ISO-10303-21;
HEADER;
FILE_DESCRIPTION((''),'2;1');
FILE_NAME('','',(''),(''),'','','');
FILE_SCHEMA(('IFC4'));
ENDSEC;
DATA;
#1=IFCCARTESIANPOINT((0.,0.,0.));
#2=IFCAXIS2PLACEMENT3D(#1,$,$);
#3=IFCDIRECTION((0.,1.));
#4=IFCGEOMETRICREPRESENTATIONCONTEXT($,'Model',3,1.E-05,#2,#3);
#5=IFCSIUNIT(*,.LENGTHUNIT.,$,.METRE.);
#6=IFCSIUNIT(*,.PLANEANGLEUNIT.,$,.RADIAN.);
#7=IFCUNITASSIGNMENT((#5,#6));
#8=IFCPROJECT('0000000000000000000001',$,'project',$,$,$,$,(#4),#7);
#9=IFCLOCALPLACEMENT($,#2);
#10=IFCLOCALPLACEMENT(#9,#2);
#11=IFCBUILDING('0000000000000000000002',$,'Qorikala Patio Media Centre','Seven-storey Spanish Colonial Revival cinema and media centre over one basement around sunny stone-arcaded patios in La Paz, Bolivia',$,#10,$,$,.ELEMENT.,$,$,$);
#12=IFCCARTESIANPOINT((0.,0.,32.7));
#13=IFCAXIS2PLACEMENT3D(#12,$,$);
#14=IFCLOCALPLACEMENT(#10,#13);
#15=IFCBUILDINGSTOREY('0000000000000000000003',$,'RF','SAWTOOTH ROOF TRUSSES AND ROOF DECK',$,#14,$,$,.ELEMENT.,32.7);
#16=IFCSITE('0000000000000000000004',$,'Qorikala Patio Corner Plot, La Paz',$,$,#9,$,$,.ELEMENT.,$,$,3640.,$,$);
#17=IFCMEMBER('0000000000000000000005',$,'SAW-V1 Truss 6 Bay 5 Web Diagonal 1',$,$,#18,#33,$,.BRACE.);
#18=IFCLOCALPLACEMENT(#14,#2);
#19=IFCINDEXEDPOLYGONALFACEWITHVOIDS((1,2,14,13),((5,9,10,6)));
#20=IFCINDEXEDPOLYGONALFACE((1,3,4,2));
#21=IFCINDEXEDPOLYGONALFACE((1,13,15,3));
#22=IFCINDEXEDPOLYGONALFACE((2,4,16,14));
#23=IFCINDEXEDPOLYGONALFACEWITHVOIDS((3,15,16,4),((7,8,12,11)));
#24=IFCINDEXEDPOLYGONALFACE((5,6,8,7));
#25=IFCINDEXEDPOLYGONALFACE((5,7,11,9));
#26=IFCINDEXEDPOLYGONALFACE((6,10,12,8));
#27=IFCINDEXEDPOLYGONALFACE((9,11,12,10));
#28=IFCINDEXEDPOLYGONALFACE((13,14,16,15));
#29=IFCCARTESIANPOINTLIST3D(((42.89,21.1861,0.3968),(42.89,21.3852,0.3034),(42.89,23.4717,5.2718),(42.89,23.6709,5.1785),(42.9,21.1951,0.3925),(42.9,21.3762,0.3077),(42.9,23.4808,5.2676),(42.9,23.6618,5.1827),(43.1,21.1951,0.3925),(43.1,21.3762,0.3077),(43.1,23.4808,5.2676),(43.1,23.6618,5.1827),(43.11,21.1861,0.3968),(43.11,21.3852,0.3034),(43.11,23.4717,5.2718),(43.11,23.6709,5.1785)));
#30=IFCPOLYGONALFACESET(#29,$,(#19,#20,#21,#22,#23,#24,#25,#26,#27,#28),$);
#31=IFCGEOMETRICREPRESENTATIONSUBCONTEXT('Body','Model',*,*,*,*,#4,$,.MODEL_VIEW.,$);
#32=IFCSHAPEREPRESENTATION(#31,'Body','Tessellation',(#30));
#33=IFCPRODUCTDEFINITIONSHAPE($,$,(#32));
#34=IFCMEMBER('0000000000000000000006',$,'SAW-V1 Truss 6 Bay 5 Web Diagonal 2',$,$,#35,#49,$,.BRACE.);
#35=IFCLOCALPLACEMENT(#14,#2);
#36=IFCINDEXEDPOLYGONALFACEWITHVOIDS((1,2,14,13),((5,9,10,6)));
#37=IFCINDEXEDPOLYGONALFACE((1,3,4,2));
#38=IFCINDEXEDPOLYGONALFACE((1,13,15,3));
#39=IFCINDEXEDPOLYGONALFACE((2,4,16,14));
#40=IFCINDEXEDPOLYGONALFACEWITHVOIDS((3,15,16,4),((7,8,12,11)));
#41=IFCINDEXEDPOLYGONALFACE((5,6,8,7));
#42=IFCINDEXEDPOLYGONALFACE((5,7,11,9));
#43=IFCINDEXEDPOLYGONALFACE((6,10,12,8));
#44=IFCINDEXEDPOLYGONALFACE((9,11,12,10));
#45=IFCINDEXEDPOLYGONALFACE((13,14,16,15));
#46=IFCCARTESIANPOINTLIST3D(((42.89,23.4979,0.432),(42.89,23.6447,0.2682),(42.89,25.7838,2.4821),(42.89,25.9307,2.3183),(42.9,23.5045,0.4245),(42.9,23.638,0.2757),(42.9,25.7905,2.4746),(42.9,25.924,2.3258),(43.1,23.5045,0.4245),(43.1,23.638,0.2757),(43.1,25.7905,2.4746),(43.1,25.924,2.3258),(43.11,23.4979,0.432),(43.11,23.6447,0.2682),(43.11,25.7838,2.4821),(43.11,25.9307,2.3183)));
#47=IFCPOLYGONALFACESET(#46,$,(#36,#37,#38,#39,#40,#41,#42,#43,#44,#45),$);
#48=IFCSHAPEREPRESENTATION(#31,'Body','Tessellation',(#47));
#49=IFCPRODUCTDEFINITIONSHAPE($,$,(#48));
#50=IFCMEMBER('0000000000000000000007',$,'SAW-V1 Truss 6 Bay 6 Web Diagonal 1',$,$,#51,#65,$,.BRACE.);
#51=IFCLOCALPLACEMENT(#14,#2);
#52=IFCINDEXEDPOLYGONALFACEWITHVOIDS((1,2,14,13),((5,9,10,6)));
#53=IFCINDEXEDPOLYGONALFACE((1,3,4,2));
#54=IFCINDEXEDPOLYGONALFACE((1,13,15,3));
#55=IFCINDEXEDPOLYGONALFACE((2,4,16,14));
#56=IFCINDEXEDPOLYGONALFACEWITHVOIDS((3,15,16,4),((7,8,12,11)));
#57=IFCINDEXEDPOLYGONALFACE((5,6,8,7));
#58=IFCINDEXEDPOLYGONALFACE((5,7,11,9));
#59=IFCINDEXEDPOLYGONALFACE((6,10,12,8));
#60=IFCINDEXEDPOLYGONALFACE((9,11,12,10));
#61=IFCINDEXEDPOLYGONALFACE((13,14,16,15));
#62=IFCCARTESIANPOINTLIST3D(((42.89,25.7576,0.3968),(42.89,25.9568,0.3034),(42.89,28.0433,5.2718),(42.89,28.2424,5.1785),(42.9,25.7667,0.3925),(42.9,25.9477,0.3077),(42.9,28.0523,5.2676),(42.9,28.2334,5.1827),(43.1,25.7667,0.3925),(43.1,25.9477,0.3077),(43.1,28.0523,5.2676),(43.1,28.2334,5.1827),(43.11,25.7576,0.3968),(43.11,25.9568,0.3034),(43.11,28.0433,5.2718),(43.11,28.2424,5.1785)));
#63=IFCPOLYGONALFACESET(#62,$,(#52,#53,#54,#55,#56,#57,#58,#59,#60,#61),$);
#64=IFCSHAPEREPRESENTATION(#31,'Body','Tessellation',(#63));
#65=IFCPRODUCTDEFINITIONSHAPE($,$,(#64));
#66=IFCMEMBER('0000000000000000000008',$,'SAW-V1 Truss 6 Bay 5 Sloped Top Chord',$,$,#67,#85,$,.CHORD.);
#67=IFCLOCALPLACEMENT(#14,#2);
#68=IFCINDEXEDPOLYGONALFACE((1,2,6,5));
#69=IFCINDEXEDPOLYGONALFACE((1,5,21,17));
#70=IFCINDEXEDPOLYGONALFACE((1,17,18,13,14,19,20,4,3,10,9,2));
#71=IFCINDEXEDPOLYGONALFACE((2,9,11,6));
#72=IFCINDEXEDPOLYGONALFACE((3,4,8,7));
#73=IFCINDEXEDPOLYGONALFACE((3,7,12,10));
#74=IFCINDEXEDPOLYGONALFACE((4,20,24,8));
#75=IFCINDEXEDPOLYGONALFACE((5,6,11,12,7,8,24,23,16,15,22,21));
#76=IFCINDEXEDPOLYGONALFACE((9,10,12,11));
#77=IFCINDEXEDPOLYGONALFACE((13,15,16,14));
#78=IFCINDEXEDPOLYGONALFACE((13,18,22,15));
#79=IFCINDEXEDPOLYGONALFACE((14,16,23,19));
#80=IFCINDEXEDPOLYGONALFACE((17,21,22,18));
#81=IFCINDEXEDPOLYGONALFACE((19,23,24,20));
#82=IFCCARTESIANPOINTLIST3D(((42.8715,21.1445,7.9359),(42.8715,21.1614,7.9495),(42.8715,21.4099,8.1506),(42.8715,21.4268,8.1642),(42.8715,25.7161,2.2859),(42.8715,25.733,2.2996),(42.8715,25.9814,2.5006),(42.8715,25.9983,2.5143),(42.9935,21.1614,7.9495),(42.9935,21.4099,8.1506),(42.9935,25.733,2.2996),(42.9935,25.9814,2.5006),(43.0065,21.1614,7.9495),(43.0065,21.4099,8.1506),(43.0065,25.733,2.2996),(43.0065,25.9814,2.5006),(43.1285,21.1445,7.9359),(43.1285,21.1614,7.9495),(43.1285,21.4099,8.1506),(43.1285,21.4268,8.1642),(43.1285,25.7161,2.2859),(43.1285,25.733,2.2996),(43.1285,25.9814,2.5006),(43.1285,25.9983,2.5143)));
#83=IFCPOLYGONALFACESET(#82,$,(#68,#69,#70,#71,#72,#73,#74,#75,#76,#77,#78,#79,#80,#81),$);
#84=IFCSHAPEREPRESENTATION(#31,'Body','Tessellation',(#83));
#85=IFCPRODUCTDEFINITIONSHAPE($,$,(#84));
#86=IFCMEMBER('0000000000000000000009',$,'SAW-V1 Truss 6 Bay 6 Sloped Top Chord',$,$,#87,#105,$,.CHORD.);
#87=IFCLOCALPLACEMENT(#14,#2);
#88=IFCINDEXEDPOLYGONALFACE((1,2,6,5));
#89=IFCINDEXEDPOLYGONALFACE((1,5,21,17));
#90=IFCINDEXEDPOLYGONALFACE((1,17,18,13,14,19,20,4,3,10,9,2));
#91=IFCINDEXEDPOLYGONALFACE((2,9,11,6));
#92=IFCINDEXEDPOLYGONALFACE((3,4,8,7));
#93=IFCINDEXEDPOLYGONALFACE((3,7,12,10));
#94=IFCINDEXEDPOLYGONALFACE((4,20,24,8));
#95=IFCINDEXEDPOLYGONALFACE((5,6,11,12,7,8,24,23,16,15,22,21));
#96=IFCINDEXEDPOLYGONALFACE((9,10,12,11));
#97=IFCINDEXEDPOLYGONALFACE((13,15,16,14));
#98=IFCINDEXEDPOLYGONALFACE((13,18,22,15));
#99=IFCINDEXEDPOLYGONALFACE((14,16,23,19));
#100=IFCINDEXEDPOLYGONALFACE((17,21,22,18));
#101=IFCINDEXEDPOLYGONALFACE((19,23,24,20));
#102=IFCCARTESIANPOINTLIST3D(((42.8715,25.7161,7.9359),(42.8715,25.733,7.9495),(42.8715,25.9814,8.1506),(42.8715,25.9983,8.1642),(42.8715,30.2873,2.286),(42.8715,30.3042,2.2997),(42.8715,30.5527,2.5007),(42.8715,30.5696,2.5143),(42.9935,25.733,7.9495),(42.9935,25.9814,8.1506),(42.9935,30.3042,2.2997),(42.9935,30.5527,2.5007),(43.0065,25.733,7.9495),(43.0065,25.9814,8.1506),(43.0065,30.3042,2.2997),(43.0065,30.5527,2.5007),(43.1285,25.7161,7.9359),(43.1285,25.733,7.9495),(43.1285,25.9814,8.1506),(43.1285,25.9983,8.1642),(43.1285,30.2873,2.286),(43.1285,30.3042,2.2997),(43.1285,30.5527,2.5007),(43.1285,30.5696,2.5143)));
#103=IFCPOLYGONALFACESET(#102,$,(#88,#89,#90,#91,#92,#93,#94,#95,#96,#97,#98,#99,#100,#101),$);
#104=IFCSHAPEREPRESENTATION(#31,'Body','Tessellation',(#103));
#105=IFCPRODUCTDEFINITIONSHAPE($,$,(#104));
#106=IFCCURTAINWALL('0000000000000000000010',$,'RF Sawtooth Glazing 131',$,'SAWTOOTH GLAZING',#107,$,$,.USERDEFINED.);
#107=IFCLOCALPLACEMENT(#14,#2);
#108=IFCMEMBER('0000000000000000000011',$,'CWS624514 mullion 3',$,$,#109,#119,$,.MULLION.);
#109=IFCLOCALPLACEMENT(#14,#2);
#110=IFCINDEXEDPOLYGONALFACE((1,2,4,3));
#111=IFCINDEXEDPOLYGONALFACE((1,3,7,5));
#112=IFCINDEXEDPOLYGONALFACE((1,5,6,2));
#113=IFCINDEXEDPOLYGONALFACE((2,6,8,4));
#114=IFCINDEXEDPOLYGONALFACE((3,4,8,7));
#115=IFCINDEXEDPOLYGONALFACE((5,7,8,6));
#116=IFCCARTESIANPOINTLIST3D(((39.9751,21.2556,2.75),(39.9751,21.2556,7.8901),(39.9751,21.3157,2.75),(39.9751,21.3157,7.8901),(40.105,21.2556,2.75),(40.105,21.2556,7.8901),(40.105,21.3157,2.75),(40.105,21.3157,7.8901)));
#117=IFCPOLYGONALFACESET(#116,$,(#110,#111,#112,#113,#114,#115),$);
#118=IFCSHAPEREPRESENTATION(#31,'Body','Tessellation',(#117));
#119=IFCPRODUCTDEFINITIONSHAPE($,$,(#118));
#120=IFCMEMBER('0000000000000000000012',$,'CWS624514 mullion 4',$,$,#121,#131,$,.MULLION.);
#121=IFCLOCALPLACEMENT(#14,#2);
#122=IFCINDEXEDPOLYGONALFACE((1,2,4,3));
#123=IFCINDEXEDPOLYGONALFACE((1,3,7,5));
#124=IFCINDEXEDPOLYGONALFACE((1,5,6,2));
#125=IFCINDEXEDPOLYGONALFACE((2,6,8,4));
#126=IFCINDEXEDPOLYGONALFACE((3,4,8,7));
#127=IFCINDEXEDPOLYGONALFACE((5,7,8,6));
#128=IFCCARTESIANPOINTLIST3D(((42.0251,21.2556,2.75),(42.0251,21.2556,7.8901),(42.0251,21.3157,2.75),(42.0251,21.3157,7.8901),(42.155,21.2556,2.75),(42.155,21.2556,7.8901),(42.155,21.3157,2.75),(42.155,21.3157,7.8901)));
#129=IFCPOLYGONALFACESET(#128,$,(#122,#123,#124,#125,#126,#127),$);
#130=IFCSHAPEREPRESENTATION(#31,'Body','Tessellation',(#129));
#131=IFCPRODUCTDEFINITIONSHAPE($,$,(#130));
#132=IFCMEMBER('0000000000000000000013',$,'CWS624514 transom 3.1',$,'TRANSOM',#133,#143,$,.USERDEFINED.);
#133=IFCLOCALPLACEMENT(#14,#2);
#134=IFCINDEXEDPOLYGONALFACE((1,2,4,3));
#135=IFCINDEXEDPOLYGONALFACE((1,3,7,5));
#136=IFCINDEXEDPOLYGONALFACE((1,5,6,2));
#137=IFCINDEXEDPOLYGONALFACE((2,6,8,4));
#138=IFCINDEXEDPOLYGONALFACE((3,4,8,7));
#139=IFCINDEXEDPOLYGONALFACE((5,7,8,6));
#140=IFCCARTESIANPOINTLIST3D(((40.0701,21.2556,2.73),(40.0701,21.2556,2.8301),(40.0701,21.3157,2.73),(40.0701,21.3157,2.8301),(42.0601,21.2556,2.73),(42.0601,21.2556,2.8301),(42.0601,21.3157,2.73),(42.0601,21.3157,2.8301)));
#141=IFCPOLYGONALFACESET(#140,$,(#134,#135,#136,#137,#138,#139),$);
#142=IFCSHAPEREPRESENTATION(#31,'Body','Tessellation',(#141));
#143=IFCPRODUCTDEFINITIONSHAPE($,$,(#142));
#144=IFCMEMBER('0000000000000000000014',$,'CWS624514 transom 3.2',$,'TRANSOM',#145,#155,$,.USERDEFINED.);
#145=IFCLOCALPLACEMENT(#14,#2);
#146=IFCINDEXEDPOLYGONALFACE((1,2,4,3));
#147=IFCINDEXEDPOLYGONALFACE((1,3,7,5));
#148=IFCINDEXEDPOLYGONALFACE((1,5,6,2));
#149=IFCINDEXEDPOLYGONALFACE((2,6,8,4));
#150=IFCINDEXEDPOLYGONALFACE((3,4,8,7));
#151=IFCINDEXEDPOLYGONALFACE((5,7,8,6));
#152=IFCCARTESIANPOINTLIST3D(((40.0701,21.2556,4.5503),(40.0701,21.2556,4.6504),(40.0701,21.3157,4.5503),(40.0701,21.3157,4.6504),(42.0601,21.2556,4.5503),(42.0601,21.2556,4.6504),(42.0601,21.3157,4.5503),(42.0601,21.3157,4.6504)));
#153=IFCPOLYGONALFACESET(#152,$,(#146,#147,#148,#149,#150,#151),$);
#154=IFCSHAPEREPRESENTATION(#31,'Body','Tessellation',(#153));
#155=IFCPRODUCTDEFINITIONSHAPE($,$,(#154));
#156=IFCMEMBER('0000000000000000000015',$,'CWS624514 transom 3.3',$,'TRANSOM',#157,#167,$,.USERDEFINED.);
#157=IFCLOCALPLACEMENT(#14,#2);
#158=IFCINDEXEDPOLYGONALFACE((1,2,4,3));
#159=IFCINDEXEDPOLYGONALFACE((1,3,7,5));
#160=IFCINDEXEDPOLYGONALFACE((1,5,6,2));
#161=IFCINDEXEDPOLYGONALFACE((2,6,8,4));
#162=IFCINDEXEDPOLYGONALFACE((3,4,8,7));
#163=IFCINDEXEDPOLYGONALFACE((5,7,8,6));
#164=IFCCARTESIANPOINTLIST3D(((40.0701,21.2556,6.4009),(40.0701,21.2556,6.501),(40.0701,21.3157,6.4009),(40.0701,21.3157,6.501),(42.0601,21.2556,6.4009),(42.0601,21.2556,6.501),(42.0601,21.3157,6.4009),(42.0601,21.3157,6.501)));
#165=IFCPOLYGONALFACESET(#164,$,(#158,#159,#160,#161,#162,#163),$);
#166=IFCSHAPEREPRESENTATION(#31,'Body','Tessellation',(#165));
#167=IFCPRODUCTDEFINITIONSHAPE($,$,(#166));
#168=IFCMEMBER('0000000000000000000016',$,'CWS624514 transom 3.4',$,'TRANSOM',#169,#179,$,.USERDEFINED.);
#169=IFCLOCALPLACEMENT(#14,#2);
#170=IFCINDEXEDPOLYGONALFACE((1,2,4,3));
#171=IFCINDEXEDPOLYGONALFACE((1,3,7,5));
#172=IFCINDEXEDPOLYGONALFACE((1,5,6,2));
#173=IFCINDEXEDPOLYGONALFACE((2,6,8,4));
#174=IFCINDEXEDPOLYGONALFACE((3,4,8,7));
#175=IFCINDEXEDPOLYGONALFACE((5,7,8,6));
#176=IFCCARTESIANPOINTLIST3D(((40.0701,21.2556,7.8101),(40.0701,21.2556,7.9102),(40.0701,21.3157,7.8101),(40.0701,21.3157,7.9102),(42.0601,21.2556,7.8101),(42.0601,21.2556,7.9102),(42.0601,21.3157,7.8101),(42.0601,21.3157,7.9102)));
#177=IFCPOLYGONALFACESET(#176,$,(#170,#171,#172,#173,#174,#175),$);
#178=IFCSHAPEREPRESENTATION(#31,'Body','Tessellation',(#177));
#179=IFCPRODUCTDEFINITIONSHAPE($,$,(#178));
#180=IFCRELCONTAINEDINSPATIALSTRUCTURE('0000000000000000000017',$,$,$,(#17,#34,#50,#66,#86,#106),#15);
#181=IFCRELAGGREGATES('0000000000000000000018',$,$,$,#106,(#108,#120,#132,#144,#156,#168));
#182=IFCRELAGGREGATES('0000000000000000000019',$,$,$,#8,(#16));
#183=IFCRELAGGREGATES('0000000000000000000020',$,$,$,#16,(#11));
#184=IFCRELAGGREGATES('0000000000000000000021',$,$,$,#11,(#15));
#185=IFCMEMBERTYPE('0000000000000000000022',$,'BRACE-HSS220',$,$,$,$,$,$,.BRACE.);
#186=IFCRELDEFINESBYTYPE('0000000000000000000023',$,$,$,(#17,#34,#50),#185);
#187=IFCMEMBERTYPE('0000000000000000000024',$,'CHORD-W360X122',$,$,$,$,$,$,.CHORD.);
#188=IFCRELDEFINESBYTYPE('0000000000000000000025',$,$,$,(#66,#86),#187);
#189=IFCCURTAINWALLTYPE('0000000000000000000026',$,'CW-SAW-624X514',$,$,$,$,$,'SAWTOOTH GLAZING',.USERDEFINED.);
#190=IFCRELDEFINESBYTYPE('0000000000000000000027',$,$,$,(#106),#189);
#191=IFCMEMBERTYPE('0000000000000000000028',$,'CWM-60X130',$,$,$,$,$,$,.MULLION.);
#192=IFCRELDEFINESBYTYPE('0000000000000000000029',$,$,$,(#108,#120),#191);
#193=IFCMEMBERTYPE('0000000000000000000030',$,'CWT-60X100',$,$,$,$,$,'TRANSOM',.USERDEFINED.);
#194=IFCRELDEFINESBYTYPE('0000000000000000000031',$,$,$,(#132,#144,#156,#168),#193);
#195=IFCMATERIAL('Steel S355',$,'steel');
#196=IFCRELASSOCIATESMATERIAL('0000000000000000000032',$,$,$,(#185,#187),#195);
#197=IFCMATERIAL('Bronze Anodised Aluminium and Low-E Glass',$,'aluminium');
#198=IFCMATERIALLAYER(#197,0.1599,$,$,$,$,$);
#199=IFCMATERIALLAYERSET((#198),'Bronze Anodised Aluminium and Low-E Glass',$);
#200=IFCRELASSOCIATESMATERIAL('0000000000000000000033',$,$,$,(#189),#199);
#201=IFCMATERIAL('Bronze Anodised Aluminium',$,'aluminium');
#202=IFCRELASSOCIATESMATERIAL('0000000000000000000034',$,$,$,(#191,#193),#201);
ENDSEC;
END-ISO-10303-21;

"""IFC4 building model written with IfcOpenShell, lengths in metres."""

from ifc_helpers import new_model, si_unit, direction, frame, origin, origin_2d, place, context, subcontext, project, spatial, rectangle, hollow_rectangle, i_section, extrude, material, layer, layer_set, material_profile, profile_set, type_object, element, aggregate, save


model = new_model("IFC4")

# Units and contexts
model_context = context("Model", 3, precision=1e-05, world=origin(), true_north=direction((0.0, 1.0)))
body_context = subcontext(model_context, "Body", "Model", "MODEL_VIEW")
ifc_project = project(units=[si_unit("LENGTHUNIT", "METRE"), si_unit("PLANEANGLEUNIT", "RADIAN")], contexts=[model_context])

# Site, building, storey
site_placement = place(None, origin())
site = spatial("IfcSite", under=ifc_project, at=site_placement, Name="Qorikala Patio Corner Plot, La Paz", CompositionType="ELEMENT", RefElevation=3640.0)
building_placement = place(site_placement, origin())
building = spatial("IfcBuilding", under=site, at=building_placement, Name="Qorikala Patio Media Centre", Description="Seven-storey Spanish Colonial Revival cinema and media centre over one basement around sunny stone-arcaded patios in La Paz, Bolivia", CompositionType="ELEMENT")
storey_placement = place(building_placement, frame((0.0, 0.0, 32.7)))
storey = spatial("IfcBuildingStorey", under=building, at=storey_placement, Name="RF", Description="SAWTOOTH ROOF TRUSSES AND ROOF DECK", CompositionType="ELEMENT", Elevation=32.7)

# Members
ifc_material_1 = material(Name="Steel S355", Category="steel")
ifc_material_profile_1 = material_profile(ifc_material_1, hollow_rectangle(XDim=0.22, YDim=0.22, WallThickness=0.01, at=origin_2d()), Name="HSS220X220X10")
ifc_profile_set_1 = profile_set([ifc_material_profile_1], Name="Steel S355")
member_type_1 = type_object("IfcMemberType", Name="BRACE-HSS220", PredefinedType="BRACE", material=ifc_profile_set_1)
member_1_placement = place(storey_placement, frame((43.0, 21.2856, 0.3501), z_axis=(0.0, 0.424508, 0.905424), x_axis=(-1.0, 0.0, 0.0)))
element("IfcMember", 1, at=member_1_placement, inside=storey, type_object=member_type_1, Name="SAW-V1 Truss 6 Bay 5 Web Diagonal 1", PredefinedType="BRACE", context=body_context, shape_type="SweptSolid", body=[
    extrude(hollow_rectangle(XDim=0.22, YDim=0.22, WallThickness=0.01, at=origin_2d()), origin(), (0.0, 0.0, 1.0), 5.3843),
])
member_2_placement = place(storey_placement, frame((43.0, 23.5713, 0.3501), z_axis=(0.0, 0.744467, 0.667659), x_axis=(-1.0, 0.0, 0.0)))
element("IfcMember", 2, at=member_2_placement, inside=storey, type_object=member_type_1, Name="SAW-V1 Truss 6 Bay 5 Web Diagonal 2", PredefinedType="BRACE", context=body_context, shape_type="SweptSolid", body=[
    extrude(hollow_rectangle(XDim=0.22, YDim=0.22, WallThickness=0.01, at=origin_2d()), origin(), (0.0, 0.0, 1.0), 3.0706),
])
member_3_placement = place(storey_placement, frame((43.0, 25.8572, 0.3501), z_axis=(0.0, 0.424508, 0.905424), x_axis=(-1.0, 0.0, 0.0)))
element("IfcMember", 3, at=member_3_placement, inside=storey, type_object=member_type_1, Name="SAW-V1 Truss 6 Bay 6 Web Diagonal 1", PredefinedType="BRACE", context=body_context, shape_type="SweptSolid", body=[
    extrude(hollow_rectangle(XDim=0.22, YDim=0.22, WallThickness=0.01, at=origin_2d()), origin(), (0.0, 0.0, 1.0), 5.3843),
])
ifc_material_profile_2 = material_profile(ifc_material_1, i_section(OverallWidth=0.2571, OverallDepth=0.363, WebThickness=0.0129, FlangeThickness=0.0217, at=origin_2d()), Name="W360X122")
ifc_profile_set_2 = profile_set([ifc_material_profile_2], Name="Steel S355")
member_type_2 = type_object("IfcMemberType", Name="CHORD-W360X122", PredefinedType="CHORD", material=ifc_profile_set_2)
member_4_placement = place(storey_placement, frame((43.0, 21.2856, 8.05), z_axis=(0.0, 0.629016, -0.777393), x_axis=(-1.0, 0.0, 0.0)))
element("IfcMember", 4, at=member_4_placement, inside=storey, type_object=member_type_2, Name="SAW-V1 Truss 6 Bay 5 Sloped Top Chord", PredefinedType="CHORD", context=body_context, shape_type="SweptSolid", body=[
    extrude(i_section(OverallWidth=0.2571, OverallDepth=0.363, WebThickness=0.0129, FlangeThickness=0.0217, at=origin_2d()), origin(), (0.0, 0.0, 1.0), 7.2678),
])
member_5_placement = place(storey_placement, frame((43.0, 25.8572, 8.05), z_axis=(0.0, 0.628995, -0.777409), x_axis=(-1.0, 0.0, 0.0)))
element("IfcMember", 5, at=member_5_placement, inside=storey, type_object=member_type_2, Name="SAW-V1 Truss 6 Bay 6 Sloped Top Chord", PredefinedType="CHORD", context=body_context, shape_type="SweptSolid", body=[
    extrude(i_section(OverallWidth=0.2571, OverallDepth=0.363, WebThickness=0.0129, FlangeThickness=0.0217, at=origin_2d()), origin(), (0.0, 0.0, 1.0), 7.2676),
])

# Curtain wall, members
ifc_material_2 = material(Name="Bronze Anodised Aluminium and Low-E Glass", Category="aluminium")
ifc_layer_1 = layer(ifc_material_2, 0.1599)
ifc_layer_set_1 = layer_set([ifc_layer_1], Name="Bronze Anodised Aluminium and Low-E Glass")
curtain_wall_type = type_object("IfcCurtainWallType", Name="CW-SAW-624X514", ElementType="SAWTOOTH GLAZING", PredefinedType="USERDEFINED", material=ifc_layer_set_1)
curtain_wall_placement = place(storey_placement, origin())
curtain_wall = element("IfcCurtainWall", 6, at=curtain_wall_placement, inside=storey, type_object=curtain_wall_type, Name="RF Sawtooth Glazing 131", ObjectType="SAWTOOTH GLAZING", PredefinedType="USERDEFINED")
ifc_material_3 = material(Name="Bronze Anodised Aluminium", Category="aluminium")
ifc_material_profile_3 = material_profile(ifc_material_3, rectangle(XDim=0.0601, YDim=0.1299, at=origin_2d()), Name="ALU MULLION 60x130")
ifc_profile_set_3 = profile_set([ifc_material_profile_3], Name="Bronze Anodised Aluminium")
member_type_3 = type_object("IfcMemberType", Name="CWM-60X130", PredefinedType="MULLION", material=ifc_profile_set_3)
member_6_placement = place(storey_placement, frame((40.04, 21.2856, 2.75), z_axis=(0.0, 0.0, 1.0), x_axis=(0.0, 1.0, 0.0)))
member_6 = element("IfcMember", 7, at=member_6_placement, type_object=member_type_3, Name="CWS624514 mullion 3", PredefinedType="MULLION", context=body_context, shape_type="SweptSolid", body=[
    extrude(rectangle(XDim=0.0601, YDim=0.1299, at=origin_2d()), origin(), (0.0, 0.0, 1.0), 5.1401),
])
member_7_placement = place(storey_placement, frame((42.0901, 21.2856, 2.75), z_axis=(0.0, 0.0, 1.0), x_axis=(0.0, 1.0, 0.0)))
member_7 = element("IfcMember", 8, at=member_7_placement, type_object=member_type_3, Name="CWS624514 mullion 4", PredefinedType="MULLION", context=body_context, shape_type="SweptSolid", body=[
    extrude(rectangle(XDim=0.0601, YDim=0.1299, at=origin_2d()), origin(), (0.0, 0.0, 1.0), 5.1401),
])
ifc_material_profile_4 = material_profile(ifc_material_3, rectangle(XDim=0.0601, YDim=0.1001, at=origin_2d()), Name="ALU TRANSOM 60x100")
ifc_profile_set_4 = profile_set([ifc_material_profile_4], Name="Bronze Anodised Aluminium")
member_type_4 = type_object("IfcMemberType", Name="CWT-60X100", ElementType="TRANSOM", PredefinedType="USERDEFINED", material=ifc_profile_set_4)
member_8_placement = place(storey_placement, frame((40.0701, 21.2856, 2.78), z_axis=(1.0, 0.0, 0.0), x_axis=(0.0, 1.0, 0.0)))
member_8 = element("IfcMember", 9, at=member_8_placement, type_object=member_type_4, Name="CWS624514 transom 3.1", ObjectType="TRANSOM", PredefinedType="USERDEFINED", context=body_context, shape_type="SweptSolid", body=[
    extrude(rectangle(XDim=0.0601, YDim=0.1001, at=origin_2d()), origin(), (0.0, 0.0, 1.0), 1.99),
])
member_9_placement = place(storey_placement, frame((40.0701, 21.2856, 4.6003), z_axis=(1.0, 0.0, 0.0), x_axis=(0.0, 1.0, 0.0)))
member_9 = element("IfcMember", 10, at=member_9_placement, type_object=member_type_4, Name="CWS624514 transom 3.2", ObjectType="TRANSOM", PredefinedType="USERDEFINED", context=body_context, shape_type="SweptSolid", body=[
    extrude(rectangle(XDim=0.0601, YDim=0.1001, at=origin_2d()), origin(), (0.0, 0.0, 1.0), 1.99),
])
member_10_placement = place(storey_placement, frame((40.0701, 21.2856, 6.4509), z_axis=(1.0, 0.0, 0.0), x_axis=(0.0, 1.0, 0.0)))
member_10 = element("IfcMember", 11, at=member_10_placement, type_object=member_type_4, Name="CWS624514 transom 3.3", ObjectType="TRANSOM", PredefinedType="USERDEFINED", context=body_context, shape_type="SweptSolid", body=[
    extrude(rectangle(XDim=0.0601, YDim=0.1001, at=origin_2d()), origin(), (0.0, 0.0, 1.0), 1.99),
])
member_11_placement = place(storey_placement, frame((40.0701, 21.2856, 7.8601), z_axis=(1.0, 0.0, 0.0), x_axis=(0.0, 1.0, 0.0)))
member_11 = element("IfcMember", 12, at=member_11_placement, type_object=member_type_4, Name="CWS624514 transom 3.4", ObjectType="TRANSOM", PredefinedType="USERDEFINED", context=body_context, shape_type="SweptSolid", body=[
    extrude(rectangle(XDim=0.0601, YDim=0.1001, at=origin_2d()), origin(), (0.0, 0.0, 1.0), 1.99),
])

aggregate(curtain_wall, [member_6, member_7, member_8, member_9, member_10, member_11])

save(model, "model.ifc")
